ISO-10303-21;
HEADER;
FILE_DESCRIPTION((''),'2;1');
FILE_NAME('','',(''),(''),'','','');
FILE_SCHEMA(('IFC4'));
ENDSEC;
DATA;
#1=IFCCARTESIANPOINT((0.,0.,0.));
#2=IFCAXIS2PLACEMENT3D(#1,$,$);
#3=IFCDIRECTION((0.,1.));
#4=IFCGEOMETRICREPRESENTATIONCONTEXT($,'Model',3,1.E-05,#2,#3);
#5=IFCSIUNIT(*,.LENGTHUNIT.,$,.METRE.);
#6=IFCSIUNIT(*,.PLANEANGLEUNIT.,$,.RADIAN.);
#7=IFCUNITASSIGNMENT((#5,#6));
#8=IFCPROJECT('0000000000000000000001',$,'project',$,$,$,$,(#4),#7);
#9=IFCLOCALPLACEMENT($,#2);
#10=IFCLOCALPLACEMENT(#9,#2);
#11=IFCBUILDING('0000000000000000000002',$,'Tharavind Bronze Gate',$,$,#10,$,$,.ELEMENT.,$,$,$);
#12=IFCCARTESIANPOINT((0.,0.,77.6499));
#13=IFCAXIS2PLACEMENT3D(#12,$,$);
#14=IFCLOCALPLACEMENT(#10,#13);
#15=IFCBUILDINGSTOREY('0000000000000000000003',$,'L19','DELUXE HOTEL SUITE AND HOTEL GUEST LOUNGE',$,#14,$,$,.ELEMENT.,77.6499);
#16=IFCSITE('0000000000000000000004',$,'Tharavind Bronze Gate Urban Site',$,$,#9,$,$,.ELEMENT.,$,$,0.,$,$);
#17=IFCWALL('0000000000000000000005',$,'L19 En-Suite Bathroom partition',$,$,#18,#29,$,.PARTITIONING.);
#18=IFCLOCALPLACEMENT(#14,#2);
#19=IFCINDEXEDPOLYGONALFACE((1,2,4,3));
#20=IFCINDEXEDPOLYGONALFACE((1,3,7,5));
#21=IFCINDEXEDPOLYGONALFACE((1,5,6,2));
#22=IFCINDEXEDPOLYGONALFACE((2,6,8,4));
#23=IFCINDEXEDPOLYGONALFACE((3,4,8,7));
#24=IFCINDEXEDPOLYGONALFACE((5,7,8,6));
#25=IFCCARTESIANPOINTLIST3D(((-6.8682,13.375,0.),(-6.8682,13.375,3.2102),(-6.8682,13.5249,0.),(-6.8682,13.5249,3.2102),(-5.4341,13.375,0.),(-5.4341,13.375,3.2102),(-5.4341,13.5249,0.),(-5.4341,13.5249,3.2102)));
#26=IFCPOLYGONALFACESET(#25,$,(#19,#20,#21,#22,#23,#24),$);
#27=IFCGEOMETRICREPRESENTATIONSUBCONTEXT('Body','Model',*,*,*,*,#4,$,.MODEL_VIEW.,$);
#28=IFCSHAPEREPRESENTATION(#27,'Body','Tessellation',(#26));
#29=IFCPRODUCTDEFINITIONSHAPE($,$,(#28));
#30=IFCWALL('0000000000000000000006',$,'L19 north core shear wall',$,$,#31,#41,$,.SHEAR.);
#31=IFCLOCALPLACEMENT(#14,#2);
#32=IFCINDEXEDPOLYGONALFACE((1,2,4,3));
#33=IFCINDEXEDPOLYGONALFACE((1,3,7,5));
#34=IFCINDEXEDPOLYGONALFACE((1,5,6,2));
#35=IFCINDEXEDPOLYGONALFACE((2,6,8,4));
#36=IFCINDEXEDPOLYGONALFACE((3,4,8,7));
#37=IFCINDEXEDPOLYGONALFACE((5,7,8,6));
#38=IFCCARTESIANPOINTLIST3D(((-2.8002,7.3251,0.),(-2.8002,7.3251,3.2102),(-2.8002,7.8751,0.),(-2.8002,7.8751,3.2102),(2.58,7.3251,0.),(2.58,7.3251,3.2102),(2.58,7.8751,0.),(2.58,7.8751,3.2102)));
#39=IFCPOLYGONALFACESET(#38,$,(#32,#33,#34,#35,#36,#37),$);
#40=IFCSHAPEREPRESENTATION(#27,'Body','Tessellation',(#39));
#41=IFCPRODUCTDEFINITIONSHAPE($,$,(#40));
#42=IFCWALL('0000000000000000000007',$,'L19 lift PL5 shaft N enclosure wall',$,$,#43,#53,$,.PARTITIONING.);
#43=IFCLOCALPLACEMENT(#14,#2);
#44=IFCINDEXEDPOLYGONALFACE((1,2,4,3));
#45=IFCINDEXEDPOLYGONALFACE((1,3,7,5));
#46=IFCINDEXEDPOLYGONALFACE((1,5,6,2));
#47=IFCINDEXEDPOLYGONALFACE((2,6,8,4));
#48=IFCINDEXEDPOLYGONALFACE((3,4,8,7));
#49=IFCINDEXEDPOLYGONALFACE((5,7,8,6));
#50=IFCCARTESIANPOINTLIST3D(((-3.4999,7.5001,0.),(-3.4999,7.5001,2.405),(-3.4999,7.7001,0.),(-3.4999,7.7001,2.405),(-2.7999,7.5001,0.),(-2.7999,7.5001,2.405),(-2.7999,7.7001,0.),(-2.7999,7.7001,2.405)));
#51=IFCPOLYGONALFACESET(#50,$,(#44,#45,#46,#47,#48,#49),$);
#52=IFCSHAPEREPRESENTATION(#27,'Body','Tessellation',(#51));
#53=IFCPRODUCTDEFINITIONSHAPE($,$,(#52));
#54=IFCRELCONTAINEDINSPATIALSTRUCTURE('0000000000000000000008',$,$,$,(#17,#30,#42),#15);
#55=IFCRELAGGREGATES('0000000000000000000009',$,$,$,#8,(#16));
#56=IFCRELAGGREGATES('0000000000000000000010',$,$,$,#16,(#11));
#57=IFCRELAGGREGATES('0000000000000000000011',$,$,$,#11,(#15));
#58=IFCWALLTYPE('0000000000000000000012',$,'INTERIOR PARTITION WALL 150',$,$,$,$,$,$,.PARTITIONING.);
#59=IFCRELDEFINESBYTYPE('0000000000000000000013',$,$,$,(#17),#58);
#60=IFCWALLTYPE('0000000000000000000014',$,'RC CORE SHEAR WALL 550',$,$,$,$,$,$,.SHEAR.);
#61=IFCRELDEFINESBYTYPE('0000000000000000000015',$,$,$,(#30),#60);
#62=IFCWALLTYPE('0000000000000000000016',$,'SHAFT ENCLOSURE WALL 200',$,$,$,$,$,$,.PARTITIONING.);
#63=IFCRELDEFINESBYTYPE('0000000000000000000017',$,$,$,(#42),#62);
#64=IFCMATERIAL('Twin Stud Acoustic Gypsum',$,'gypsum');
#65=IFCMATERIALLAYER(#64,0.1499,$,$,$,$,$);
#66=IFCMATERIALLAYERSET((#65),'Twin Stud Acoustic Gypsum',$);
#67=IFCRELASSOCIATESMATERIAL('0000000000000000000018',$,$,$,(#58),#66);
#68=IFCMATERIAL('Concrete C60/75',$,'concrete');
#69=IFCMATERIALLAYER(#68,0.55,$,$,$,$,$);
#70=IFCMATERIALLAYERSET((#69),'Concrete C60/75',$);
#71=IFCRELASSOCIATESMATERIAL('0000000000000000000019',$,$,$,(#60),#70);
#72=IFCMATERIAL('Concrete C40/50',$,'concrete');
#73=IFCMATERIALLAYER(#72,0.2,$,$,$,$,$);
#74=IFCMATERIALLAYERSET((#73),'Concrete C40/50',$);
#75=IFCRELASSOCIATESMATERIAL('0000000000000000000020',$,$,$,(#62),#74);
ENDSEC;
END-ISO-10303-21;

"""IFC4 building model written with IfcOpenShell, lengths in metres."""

from ifc_helpers import new_model, si_unit, direction, frame, frame_2d, origin, place, context, subcontext, project, spatial, rectangle, extrude, material, layer, layer_set, type_object, element, save


model = new_model("IFC4")

# Units and contexts
model_context = context("Model", 3, precision=1e-05, world=origin(), true_north=direction((0.0, 1.0)))
body_context = subcontext(model_context, "Body", "Model", "MODEL_VIEW")
ifc_project = project(units=[si_unit("LENGTHUNIT", "METRE"), si_unit("PLANEANGLEUNIT", "RADIAN")], contexts=[model_context])

# Site, building, storey
site_placement = place(None, origin())
site = spatial("IfcSite", under=ifc_project, at=site_placement, Name="Tharavind Bronze Gate Urban Site", CompositionType="ELEMENT", RefElevation=0.0)
building_placement = place(site_placement, origin())
building = spatial("IfcBuilding", under=site, at=building_placement, Name="Tharavind Bronze Gate", CompositionType="ELEMENT")
storey_placement = place(building_placement, frame((0.0, 0.0, 77.6499)))
storey = spatial("IfcBuildingStorey", under=building, at=storey_placement, Name="L19", Description="DELUXE HOTEL SUITE AND HOTEL GUEST LOUNGE", CompositionType="ELEMENT", Elevation=77.6499)

# Walls
ifc_material_1 = material(Name="Twin Stud Acoustic Gypsum", Category="gypsum")
ifc_layer_1 = layer(ifc_material_1, 0.1499)
ifc_layer_set_1 = layer_set([ifc_layer_1], Name="Twin Stud Acoustic Gypsum")
wall_type_1 = type_object("IfcWallType", Name="INTERIOR PARTITION WALL 150", PredefinedType="PARTITIONING", material=ifc_layer_set_1)
wall_1_placement = place(storey_placement, frame((-6.8682, 13.45, 0.0), z_axis=(0.0, 0.0, 1.0), x_axis=(1.0, 0.0, 0.0)))
element("IfcWall", 1, at=wall_1_placement, inside=storey, type_object=wall_type_1, Name="L19 En-Suite Bathroom partition", PredefinedType="PARTITIONING", context=body_context, shape_type="SweptSolid", body=[
    extrude(rectangle(XDim=1.4341, YDim=0.1499, at=frame_2d((0.717, 0.0))), origin(), (0.0, 0.0, 1.0), 3.2102),
])
ifc_material_2 = material(Name="Concrete C60/75", Category="concrete")
ifc_layer_2 = layer(ifc_material_2, 0.55)
ifc_layer_set_2 = layer_set([ifc_layer_2], Name="Concrete C60/75")
wall_type_2 = type_object("IfcWallType", Name="RC CORE SHEAR WALL 550", PredefinedType="SHEAR", material=ifc_layer_set_2)
wall_2_placement = place(storey_placement, frame((-2.8, 7.6001, 0.0), z_axis=(0.0, 0.0, 1.0), x_axis=(1.0, 0.0, 0.0)))
element("IfcWall", 2, at=wall_2_placement, inside=storey, type_object=wall_type_2, Name="L19 north core shear wall", PredefinedType="SHEAR", context=body_context, shape_type="SweptSolid", body=[
    extrude(rectangle(XDim=5.3801, YDim=0.55, at=frame_2d((2.6899, 0.0))), origin(), (0.0, 0.0, 1.0), 3.2102),
])
ifc_material_3 = material(Name="Concrete C40/50", Category="concrete")
ifc_layer_3 = layer(ifc_material_3, 0.2)
ifc_layer_set_3 = layer_set([ifc_layer_3], Name="Concrete C40/50")
wall_type_3 = type_object("IfcWallType", Name="SHAFT ENCLOSURE WALL 200", PredefinedType="PARTITIONING", material=ifc_layer_set_3)
wall_3_placement = place(storey_placement, frame((-3.5, 7.6001, 0.0), z_axis=(0.0, 0.0, 1.0), x_axis=(1.0, 0.0, 0.0)))
element("IfcWall", 3, at=wall_3_placement, inside=storey, type_object=wall_type_3, Name="L19 lift PL5 shaft N enclosure wall", PredefinedType="PARTITIONING", context=body_context, shape_type="SweptSolid", body=[
    extrude(rectangle(XDim=0.7, YDim=0.2, at=frame_2d((0.3501, 0.0))), origin(), (0.0, 0.0, 1.0), 2.405),
])

save(model, "model.ifc")
